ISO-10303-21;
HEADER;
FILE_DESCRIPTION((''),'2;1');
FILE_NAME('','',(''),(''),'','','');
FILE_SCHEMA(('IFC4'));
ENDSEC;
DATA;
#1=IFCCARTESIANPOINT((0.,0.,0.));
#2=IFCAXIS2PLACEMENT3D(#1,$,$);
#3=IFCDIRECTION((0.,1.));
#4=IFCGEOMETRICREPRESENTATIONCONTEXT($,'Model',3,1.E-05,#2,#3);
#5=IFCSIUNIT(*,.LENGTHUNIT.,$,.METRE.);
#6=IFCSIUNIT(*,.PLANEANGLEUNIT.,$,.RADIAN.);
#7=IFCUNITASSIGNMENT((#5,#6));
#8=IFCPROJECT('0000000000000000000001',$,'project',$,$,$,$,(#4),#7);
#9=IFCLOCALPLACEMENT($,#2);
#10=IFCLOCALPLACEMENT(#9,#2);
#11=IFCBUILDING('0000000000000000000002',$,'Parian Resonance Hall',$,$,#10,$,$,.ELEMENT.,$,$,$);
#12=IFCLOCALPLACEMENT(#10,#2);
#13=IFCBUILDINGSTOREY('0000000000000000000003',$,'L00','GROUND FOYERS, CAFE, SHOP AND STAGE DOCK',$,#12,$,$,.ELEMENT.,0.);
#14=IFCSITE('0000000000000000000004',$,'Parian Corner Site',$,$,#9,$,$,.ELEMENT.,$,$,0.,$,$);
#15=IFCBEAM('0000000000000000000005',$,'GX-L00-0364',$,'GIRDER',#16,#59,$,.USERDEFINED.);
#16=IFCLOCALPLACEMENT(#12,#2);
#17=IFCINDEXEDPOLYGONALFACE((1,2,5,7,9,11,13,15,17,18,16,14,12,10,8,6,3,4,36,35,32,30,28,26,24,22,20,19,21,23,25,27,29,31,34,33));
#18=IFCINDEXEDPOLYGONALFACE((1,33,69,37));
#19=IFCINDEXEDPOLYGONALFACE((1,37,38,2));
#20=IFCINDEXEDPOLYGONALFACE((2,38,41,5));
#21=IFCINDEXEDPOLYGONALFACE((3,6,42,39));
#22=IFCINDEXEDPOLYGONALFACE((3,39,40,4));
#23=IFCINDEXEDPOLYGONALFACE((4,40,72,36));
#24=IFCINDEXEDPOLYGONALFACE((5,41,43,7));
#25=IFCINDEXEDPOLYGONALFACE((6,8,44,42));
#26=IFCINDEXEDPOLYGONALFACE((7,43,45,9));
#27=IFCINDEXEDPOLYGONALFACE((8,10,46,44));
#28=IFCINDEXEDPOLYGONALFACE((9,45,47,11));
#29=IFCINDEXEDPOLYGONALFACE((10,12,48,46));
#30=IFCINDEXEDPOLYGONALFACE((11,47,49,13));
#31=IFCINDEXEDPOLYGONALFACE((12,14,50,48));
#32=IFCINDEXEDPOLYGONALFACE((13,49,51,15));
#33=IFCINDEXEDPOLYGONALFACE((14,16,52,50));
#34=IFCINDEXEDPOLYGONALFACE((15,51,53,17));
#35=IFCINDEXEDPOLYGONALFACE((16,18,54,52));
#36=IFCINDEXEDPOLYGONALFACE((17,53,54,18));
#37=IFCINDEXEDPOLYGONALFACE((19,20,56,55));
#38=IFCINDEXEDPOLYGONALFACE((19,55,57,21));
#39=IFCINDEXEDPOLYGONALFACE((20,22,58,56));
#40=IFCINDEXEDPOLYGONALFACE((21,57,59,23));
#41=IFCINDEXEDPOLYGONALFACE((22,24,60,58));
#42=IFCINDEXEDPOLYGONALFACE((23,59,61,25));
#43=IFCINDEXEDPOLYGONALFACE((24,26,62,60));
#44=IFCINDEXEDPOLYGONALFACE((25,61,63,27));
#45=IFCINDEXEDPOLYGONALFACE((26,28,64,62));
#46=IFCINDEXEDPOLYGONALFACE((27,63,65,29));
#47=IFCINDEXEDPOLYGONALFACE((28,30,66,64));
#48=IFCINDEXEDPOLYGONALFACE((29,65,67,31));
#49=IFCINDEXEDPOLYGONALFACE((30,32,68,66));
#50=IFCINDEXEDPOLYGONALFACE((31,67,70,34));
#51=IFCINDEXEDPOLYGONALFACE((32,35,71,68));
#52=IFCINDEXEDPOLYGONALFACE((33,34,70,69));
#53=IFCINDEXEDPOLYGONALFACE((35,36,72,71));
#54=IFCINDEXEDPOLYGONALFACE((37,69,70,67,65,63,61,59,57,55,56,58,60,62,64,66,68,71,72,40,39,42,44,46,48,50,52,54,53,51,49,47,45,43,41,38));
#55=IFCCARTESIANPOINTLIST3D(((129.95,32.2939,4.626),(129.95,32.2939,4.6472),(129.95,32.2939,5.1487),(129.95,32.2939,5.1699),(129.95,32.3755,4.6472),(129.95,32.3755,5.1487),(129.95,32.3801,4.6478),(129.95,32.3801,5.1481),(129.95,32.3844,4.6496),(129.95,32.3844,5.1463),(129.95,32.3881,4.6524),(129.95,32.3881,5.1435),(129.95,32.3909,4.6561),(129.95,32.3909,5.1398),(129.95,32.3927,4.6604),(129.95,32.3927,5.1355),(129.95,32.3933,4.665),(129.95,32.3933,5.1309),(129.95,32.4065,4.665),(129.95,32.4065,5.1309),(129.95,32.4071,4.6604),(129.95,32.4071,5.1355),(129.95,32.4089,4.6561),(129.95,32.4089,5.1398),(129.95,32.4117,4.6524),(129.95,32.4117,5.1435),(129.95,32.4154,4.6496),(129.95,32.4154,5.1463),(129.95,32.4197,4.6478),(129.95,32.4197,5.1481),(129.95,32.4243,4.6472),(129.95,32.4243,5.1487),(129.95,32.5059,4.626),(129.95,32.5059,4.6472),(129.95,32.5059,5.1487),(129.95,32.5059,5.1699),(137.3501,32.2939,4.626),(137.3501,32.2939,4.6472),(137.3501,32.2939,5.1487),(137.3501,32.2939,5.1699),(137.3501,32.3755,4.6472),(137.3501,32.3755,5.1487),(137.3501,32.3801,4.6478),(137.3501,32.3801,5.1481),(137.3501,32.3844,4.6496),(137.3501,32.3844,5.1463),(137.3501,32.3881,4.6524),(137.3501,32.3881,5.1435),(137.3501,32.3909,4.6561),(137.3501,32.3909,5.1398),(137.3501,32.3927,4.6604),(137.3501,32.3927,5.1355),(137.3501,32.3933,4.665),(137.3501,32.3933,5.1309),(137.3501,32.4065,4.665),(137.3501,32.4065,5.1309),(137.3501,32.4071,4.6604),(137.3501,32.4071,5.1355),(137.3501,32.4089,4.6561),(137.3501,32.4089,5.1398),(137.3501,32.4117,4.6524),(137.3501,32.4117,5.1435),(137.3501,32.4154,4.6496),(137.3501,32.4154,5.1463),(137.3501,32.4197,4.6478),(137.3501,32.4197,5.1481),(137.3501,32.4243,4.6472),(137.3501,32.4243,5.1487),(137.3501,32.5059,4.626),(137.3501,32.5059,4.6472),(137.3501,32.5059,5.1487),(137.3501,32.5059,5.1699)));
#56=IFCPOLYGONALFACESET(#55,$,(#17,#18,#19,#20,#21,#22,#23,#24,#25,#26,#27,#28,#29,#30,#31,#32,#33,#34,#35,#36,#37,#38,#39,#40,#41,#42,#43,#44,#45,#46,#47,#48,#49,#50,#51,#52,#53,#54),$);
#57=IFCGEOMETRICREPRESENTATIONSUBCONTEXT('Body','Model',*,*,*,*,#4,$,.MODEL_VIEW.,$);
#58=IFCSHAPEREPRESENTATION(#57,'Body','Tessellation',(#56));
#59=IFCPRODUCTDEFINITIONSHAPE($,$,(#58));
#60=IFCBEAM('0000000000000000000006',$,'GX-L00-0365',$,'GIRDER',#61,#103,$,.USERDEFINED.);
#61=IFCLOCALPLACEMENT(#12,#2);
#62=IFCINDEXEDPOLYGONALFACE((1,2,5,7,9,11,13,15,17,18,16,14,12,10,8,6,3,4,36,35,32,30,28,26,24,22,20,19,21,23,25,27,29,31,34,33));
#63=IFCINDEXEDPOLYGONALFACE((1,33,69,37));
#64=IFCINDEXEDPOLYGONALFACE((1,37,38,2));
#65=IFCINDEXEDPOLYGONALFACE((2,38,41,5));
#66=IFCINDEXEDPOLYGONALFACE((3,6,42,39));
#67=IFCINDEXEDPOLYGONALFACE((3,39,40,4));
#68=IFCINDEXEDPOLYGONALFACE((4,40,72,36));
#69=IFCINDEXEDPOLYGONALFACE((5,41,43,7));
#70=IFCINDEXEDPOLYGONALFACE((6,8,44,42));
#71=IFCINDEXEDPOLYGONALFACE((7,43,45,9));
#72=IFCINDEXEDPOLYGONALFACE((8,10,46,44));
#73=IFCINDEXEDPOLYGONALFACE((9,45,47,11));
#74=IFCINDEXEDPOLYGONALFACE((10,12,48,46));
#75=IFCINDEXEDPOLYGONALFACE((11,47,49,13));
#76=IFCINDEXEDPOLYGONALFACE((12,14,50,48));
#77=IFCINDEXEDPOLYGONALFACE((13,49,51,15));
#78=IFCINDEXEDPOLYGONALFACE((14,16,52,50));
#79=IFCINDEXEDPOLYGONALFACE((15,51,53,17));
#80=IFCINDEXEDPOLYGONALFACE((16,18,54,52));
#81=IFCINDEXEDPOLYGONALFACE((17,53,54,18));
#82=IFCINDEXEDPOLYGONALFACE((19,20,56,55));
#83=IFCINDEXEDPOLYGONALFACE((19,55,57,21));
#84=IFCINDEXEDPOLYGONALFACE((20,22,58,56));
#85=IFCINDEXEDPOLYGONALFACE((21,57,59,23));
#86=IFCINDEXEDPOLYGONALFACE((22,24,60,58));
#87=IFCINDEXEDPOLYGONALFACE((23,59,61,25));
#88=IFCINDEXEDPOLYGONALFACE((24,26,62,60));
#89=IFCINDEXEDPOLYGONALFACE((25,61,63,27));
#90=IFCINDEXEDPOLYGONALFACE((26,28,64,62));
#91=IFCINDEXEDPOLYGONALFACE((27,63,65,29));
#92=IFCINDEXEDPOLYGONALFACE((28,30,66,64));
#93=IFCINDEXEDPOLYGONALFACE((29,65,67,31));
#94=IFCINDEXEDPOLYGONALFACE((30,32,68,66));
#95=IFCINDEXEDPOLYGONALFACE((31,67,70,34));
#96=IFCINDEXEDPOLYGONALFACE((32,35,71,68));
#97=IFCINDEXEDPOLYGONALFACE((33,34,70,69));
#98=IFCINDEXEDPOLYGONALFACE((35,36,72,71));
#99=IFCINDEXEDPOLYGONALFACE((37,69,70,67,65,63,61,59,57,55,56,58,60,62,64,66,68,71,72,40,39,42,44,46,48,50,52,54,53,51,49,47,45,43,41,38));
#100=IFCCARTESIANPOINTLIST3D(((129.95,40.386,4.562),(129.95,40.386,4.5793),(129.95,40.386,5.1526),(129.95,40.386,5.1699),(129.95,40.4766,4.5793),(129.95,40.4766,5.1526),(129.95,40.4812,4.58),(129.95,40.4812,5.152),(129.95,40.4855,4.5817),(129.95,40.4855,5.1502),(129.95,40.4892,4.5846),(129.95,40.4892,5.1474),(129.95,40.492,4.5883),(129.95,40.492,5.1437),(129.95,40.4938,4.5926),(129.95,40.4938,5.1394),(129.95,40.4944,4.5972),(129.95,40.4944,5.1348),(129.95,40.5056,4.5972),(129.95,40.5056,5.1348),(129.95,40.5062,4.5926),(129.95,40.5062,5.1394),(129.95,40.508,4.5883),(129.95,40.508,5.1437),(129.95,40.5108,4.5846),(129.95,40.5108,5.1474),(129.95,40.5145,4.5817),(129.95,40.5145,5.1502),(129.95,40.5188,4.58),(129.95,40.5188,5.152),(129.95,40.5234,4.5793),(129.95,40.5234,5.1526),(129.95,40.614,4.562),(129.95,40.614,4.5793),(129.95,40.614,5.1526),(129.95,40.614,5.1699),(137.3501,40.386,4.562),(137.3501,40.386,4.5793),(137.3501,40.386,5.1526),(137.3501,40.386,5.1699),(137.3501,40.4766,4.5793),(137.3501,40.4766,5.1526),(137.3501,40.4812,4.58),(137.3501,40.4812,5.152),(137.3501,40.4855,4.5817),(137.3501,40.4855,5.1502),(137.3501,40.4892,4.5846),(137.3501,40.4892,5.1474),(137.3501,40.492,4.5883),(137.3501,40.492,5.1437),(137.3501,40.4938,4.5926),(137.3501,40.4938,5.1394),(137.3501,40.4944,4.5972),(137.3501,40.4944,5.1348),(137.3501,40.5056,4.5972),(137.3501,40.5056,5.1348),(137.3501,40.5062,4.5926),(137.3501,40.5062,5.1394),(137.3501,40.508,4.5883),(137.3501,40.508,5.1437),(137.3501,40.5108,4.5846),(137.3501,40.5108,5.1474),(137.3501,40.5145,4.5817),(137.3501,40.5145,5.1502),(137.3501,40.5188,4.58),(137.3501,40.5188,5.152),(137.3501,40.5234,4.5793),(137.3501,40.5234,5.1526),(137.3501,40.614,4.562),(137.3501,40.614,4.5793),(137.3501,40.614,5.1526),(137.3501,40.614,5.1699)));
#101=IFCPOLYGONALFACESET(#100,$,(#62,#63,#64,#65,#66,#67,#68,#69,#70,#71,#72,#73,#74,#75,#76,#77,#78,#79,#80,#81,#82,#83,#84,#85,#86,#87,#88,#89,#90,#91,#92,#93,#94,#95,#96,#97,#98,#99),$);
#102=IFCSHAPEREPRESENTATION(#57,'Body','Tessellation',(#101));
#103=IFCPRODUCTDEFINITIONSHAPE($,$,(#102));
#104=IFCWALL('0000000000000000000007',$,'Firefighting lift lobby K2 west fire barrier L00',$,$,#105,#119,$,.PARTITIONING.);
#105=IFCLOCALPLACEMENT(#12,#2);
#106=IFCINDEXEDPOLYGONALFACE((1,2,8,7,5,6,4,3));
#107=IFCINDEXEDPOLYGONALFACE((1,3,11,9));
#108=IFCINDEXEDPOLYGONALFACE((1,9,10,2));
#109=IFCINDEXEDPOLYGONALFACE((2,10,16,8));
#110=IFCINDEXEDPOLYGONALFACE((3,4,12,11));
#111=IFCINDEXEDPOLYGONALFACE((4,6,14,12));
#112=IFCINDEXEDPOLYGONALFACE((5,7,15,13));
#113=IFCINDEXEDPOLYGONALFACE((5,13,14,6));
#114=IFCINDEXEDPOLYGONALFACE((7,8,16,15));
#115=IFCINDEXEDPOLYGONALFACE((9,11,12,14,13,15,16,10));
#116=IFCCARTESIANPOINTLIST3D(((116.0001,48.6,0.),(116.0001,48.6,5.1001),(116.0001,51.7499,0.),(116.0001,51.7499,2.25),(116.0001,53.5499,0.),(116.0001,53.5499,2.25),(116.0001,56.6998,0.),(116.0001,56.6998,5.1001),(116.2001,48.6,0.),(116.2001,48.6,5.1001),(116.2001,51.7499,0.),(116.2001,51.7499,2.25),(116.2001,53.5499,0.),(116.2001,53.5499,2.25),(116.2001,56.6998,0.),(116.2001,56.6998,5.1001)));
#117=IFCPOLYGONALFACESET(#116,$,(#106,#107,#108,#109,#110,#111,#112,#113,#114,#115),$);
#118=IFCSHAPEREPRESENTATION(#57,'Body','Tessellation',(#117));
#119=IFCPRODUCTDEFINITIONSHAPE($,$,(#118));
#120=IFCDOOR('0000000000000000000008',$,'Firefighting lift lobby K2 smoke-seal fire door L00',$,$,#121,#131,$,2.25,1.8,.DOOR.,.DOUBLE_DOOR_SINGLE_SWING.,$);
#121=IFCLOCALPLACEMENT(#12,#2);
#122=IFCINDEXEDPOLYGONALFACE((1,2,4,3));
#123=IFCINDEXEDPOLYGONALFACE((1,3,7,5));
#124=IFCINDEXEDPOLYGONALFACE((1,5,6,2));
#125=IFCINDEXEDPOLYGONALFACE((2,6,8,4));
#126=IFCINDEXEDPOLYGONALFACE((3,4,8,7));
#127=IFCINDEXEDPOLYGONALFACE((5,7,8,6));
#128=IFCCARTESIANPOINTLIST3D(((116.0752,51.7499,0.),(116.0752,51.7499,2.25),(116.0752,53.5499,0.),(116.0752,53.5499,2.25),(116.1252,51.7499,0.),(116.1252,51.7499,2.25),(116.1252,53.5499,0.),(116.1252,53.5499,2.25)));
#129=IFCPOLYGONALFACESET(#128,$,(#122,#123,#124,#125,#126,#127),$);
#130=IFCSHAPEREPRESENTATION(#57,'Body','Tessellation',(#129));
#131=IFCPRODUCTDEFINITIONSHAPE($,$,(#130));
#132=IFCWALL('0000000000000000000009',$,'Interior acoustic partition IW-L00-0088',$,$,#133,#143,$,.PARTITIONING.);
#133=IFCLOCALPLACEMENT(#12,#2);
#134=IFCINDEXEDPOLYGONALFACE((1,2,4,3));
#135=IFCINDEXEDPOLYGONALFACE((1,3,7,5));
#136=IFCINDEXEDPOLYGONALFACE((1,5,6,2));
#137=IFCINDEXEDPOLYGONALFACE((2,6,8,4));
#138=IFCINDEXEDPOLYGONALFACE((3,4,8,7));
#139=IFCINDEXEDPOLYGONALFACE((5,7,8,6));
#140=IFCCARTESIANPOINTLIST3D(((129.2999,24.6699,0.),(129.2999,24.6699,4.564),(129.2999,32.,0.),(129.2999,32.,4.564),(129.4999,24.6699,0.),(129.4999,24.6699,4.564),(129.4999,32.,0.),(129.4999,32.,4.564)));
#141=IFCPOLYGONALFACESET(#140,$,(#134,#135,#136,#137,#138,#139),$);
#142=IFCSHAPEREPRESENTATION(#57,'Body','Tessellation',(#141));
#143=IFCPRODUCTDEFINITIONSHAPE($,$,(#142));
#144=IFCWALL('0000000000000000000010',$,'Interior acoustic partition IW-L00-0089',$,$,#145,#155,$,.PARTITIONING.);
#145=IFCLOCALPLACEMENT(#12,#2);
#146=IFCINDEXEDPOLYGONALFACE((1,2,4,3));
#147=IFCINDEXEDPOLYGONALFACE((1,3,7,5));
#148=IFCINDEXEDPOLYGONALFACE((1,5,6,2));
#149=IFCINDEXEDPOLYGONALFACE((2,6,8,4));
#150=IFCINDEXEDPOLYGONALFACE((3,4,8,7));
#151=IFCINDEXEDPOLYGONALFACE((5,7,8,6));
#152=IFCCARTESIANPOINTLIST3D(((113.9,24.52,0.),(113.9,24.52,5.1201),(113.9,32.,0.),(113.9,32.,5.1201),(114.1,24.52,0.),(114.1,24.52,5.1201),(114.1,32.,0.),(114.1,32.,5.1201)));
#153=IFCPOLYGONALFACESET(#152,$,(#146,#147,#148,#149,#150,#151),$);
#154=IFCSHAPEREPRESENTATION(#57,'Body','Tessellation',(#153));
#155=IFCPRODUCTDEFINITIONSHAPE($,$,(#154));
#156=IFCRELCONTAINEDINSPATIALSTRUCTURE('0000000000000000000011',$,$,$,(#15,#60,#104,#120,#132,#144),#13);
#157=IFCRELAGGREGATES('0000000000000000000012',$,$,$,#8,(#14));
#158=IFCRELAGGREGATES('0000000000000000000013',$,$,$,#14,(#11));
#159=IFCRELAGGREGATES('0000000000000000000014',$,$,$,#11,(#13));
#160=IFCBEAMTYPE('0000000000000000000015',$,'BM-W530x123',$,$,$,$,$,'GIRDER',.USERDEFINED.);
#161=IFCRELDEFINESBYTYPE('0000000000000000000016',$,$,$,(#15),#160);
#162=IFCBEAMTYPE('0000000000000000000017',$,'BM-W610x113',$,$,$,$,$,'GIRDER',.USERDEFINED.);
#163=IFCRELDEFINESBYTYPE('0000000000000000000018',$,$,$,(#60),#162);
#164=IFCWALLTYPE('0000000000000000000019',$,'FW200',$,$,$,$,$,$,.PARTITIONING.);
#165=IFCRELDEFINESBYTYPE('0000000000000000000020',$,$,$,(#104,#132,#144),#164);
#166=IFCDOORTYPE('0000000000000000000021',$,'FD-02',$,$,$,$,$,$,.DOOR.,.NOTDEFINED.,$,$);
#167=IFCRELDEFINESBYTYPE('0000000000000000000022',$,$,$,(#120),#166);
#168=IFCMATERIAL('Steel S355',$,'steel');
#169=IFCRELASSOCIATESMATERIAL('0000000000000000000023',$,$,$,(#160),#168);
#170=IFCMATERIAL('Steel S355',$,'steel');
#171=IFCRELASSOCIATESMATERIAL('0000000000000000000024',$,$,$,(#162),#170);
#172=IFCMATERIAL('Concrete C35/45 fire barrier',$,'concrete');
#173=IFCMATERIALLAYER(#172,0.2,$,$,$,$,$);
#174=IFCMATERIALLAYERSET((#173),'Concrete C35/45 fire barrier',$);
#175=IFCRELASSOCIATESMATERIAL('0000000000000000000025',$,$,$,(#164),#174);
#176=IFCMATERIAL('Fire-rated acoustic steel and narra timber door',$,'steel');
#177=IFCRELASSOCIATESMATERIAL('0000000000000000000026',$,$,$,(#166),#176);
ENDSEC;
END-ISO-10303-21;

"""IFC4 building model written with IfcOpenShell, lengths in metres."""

from ifc_helpers import new_model, si_unit, direction, frame, frame_2d, origin, origin_2d, place, context, subcontext, project, spatial, rectangle, i_section, extrude, material, layer, layer_set, material_profile, profile_set, type_object, element, fill, save


model = new_model("IFC4")

# Units and contexts
model_context = context("Model", 3, precision=1e-05, world=origin(), true_north=direction((0.0, 1.0)))
body_context = subcontext(model_context, "Body", "Model", "MODEL_VIEW")
ifc_project = project(units=[si_unit("LENGTHUNIT", "METRE"), si_unit("PLANEANGLEUNIT", "RADIAN")], contexts=[model_context])

# Site, building, storey
site_placement = place(None, origin())
site = spatial("IfcSite", under=ifc_project, at=site_placement, Name="Parian Corner Site", CompositionType="ELEMENT", RefElevation=0.0)
building_placement = place(site_placement, origin())
building = spatial("IfcBuilding", under=site, at=building_placement, Name="Parian Resonance Hall", CompositionType="ELEMENT")
storey_placement = place(building_placement, origin())
storey = spatial("IfcBuildingStorey", under=building, at=storey_placement, Name="L00", Description="GROUND FOYERS, CAFE, SHOP AND STAGE DOCK", CompositionType="ELEMENT", Elevation=0.0)

# Beams
ifc_material_1 = material(Name="Steel S355", Category="steel")
ifc_material_profile_1 = material_profile(ifc_material_1, i_section(OverallWidth=0.2119, OverallDepth=0.5439, WebThickness=0.0132, FlangeThickness=0.0212, FilletRadius=0.0178, at=origin_2d()), Name="W530x123")
ifc_profile_set_1 = profile_set([ifc_material_profile_1], Name="Steel S355")
beam_type_1 = type_object("IfcBeamType", Name="BM-W530x123", ElementType="GIRDER", PredefinedType="USERDEFINED", material=ifc_profile_set_1)
beam_1_placement = place(storey_placement, frame((129.95, 32.3999, 4.8979), z_axis=(1.0, 0.0, 0.0), x_axis=(0.0, 1.0, 0.0)))
element("IfcBeam", 1, at=beam_1_placement, inside=storey, type_object=beam_type_1, Name="GX-L00-0364", ObjectType="GIRDER", PredefinedType="USERDEFINED", context=body_context, shape_type="SweptSolid", body=[
    extrude(i_section(OverallWidth=0.2119, OverallDepth=0.5439, WebThickness=0.0132, FlangeThickness=0.0212, FilletRadius=0.0178, at=origin_2d()), origin(), (0.0, 0.0, 1.0), 7.4001),
])
ifc_material_2 = material(Name="Steel S355", Category="steel")
ifc_material_profile_2 = material_profile(ifc_material_2, i_section(OverallWidth=0.228, OverallDepth=0.6079, WebThickness=0.0112, FlangeThickness=0.0173, FilletRadius=0.0178, at=origin_2d()), Name="W610x113")
ifc_profile_set_2 = profile_set([ifc_material_profile_2], Name="Steel S355")
beam_type_2 = type_object("IfcBeamType", Name="BM-W610x113", ElementType="GIRDER", PredefinedType="USERDEFINED", material=ifc_profile_set_2)
beam_2_placement = place(storey_placement, frame((129.95, 40.5, 4.866), z_axis=(1.0, 0.0, 0.0), x_axis=(0.0, 1.0, 0.0)))
element("IfcBeam", 2, at=beam_2_placement, inside=storey, type_object=beam_type_2, Name="GX-L00-0365", ObjectType="GIRDER", PredefinedType="USERDEFINED", context=body_context, shape_type="SweptSolid", body=[
    extrude(i_section(OverallWidth=0.228, OverallDepth=0.6079, WebThickness=0.0112, FlangeThickness=0.0173, FilletRadius=0.0178, at=origin_2d()), origin(), (0.0, 0.0, 1.0), 7.4001),
])

# Wall, opening, door
ifc_material_3 = material(Name="Concrete C35/45 fire barrier", Category="concrete")
ifc_layer = layer(ifc_material_3, 0.2)
ifc_layer_set = layer_set([ifc_layer], Name="Concrete C35/45 fire barrier")
wall_type = type_object("IfcWallType", Name="FW200", PredefinedType="PARTITIONING", material=ifc_layer_set)
wall_1_placement = place(storey_placement, frame((116.1001, 48.6001, 0.0), z_axis=(0.0, 0.0, 1.0), x_axis=(0.0, 1.0, 0.0)))
wall_1 = element("IfcWall", 3, at=wall_1_placement, inside=storey, type_object=wall_type, Name="Firefighting lift lobby K2 west fire barrier L00", PredefinedType="PARTITIONING", context=body_context, shape_type="SweptSolid", body=[
    extrude(rectangle(XDim=8.0999, YDim=0.2, at=frame_2d((4.0498, 0.0))), origin(), (0.0, 0.0, 1.0), 5.1001),
])
opening_1_placement = place(wall_1_placement, frame((3.1499, 0.0, 0.0)))
opening_1 = element("IfcOpeningElement", 4, at=opening_1_placement, cuts=wall_1, PredefinedType="OPENING", context=body_context, shape_type="SweptSolid", body=[
    extrude(rectangle(XDim=1.8, YDim=2.25, at=frame_2d((0.8999, 1.125))), frame((0.0, 0.1099, 0.0), z_axis=(0.0, -1.0, 0.0), x_axis=(1.0, 0.0, 0.0)), (0.0, 0.0, 1.0), 0.22),
])
ifc_material_4 = material(Name="Fire-rated acoustic steel and narra timber door", Category="steel")
door_type_1 = type_object("IfcDoorType", Name="FD-02", OperationType="NOTDEFINED", PredefinedType="DOOR", material=ifc_material_4)
door_1_placement = place(opening_1_placement, origin())
door_1 = element("IfcDoor", 5, at=door_1_placement, inside=storey, type_object=door_type_1, Name="Firefighting lift lobby K2 smoke-seal fire door L00", OperationType="DOUBLE_DOOR_SINGLE_SWING", OverallHeight=2.25, OverallWidth=1.8, PredefinedType="DOOR", context=body_context, shape_type="SweptSolid", body=[
    extrude(rectangle(XDim=1.8, YDim=2.25, at=frame_2d((0.8999, 1.125))), frame((0.0, 0.0249, 0.0), z_axis=(0.0, -1.0, 0.0), x_axis=(1.0, 0.0, 0.0)), (0.0, 0.0, 1.0), 0.05),
])
fill(opening_1, door_1)

# Walls
wall_2_placement = place(storey_placement, frame((129.3999, 32.0, 0.0), z_axis=(0.0, 0.0, 1.0), x_axis=(0.0, -1.0, 0.0)))
element("IfcWall", 6, at=wall_2_placement, inside=storey, type_object=wall_type, Name="Interior acoustic partition IW-L00-0088", PredefinedType="PARTITIONING", context=body_context, shape_type="SweptSolid", body=[
    extrude(rectangle(XDim=7.3301, YDim=0.2, at=frame_2d((3.665, 0.0))), origin(), (0.0, 0.0, 1.0), 4.564),
])
wall_3_placement = place(storey_placement, frame((114.0, 24.52, 0.0), z_axis=(0.0, 0.0, 1.0), x_axis=(0.0, 1.0, 0.0)))
element("IfcWall", 7, at=wall_3_placement, inside=storey, type_object=wall_type, Name="Interior acoustic partition IW-L00-0089", PredefinedType="PARTITIONING", context=body_context, shape_type="SweptSolid", body=[
    extrude(rectangle(XDim=7.48, YDim=0.2, at=frame_2d((3.74, 0.0))), origin(), (0.0, 0.0, 1.0), 5.1201),
])

save(model, "model.ifc")
